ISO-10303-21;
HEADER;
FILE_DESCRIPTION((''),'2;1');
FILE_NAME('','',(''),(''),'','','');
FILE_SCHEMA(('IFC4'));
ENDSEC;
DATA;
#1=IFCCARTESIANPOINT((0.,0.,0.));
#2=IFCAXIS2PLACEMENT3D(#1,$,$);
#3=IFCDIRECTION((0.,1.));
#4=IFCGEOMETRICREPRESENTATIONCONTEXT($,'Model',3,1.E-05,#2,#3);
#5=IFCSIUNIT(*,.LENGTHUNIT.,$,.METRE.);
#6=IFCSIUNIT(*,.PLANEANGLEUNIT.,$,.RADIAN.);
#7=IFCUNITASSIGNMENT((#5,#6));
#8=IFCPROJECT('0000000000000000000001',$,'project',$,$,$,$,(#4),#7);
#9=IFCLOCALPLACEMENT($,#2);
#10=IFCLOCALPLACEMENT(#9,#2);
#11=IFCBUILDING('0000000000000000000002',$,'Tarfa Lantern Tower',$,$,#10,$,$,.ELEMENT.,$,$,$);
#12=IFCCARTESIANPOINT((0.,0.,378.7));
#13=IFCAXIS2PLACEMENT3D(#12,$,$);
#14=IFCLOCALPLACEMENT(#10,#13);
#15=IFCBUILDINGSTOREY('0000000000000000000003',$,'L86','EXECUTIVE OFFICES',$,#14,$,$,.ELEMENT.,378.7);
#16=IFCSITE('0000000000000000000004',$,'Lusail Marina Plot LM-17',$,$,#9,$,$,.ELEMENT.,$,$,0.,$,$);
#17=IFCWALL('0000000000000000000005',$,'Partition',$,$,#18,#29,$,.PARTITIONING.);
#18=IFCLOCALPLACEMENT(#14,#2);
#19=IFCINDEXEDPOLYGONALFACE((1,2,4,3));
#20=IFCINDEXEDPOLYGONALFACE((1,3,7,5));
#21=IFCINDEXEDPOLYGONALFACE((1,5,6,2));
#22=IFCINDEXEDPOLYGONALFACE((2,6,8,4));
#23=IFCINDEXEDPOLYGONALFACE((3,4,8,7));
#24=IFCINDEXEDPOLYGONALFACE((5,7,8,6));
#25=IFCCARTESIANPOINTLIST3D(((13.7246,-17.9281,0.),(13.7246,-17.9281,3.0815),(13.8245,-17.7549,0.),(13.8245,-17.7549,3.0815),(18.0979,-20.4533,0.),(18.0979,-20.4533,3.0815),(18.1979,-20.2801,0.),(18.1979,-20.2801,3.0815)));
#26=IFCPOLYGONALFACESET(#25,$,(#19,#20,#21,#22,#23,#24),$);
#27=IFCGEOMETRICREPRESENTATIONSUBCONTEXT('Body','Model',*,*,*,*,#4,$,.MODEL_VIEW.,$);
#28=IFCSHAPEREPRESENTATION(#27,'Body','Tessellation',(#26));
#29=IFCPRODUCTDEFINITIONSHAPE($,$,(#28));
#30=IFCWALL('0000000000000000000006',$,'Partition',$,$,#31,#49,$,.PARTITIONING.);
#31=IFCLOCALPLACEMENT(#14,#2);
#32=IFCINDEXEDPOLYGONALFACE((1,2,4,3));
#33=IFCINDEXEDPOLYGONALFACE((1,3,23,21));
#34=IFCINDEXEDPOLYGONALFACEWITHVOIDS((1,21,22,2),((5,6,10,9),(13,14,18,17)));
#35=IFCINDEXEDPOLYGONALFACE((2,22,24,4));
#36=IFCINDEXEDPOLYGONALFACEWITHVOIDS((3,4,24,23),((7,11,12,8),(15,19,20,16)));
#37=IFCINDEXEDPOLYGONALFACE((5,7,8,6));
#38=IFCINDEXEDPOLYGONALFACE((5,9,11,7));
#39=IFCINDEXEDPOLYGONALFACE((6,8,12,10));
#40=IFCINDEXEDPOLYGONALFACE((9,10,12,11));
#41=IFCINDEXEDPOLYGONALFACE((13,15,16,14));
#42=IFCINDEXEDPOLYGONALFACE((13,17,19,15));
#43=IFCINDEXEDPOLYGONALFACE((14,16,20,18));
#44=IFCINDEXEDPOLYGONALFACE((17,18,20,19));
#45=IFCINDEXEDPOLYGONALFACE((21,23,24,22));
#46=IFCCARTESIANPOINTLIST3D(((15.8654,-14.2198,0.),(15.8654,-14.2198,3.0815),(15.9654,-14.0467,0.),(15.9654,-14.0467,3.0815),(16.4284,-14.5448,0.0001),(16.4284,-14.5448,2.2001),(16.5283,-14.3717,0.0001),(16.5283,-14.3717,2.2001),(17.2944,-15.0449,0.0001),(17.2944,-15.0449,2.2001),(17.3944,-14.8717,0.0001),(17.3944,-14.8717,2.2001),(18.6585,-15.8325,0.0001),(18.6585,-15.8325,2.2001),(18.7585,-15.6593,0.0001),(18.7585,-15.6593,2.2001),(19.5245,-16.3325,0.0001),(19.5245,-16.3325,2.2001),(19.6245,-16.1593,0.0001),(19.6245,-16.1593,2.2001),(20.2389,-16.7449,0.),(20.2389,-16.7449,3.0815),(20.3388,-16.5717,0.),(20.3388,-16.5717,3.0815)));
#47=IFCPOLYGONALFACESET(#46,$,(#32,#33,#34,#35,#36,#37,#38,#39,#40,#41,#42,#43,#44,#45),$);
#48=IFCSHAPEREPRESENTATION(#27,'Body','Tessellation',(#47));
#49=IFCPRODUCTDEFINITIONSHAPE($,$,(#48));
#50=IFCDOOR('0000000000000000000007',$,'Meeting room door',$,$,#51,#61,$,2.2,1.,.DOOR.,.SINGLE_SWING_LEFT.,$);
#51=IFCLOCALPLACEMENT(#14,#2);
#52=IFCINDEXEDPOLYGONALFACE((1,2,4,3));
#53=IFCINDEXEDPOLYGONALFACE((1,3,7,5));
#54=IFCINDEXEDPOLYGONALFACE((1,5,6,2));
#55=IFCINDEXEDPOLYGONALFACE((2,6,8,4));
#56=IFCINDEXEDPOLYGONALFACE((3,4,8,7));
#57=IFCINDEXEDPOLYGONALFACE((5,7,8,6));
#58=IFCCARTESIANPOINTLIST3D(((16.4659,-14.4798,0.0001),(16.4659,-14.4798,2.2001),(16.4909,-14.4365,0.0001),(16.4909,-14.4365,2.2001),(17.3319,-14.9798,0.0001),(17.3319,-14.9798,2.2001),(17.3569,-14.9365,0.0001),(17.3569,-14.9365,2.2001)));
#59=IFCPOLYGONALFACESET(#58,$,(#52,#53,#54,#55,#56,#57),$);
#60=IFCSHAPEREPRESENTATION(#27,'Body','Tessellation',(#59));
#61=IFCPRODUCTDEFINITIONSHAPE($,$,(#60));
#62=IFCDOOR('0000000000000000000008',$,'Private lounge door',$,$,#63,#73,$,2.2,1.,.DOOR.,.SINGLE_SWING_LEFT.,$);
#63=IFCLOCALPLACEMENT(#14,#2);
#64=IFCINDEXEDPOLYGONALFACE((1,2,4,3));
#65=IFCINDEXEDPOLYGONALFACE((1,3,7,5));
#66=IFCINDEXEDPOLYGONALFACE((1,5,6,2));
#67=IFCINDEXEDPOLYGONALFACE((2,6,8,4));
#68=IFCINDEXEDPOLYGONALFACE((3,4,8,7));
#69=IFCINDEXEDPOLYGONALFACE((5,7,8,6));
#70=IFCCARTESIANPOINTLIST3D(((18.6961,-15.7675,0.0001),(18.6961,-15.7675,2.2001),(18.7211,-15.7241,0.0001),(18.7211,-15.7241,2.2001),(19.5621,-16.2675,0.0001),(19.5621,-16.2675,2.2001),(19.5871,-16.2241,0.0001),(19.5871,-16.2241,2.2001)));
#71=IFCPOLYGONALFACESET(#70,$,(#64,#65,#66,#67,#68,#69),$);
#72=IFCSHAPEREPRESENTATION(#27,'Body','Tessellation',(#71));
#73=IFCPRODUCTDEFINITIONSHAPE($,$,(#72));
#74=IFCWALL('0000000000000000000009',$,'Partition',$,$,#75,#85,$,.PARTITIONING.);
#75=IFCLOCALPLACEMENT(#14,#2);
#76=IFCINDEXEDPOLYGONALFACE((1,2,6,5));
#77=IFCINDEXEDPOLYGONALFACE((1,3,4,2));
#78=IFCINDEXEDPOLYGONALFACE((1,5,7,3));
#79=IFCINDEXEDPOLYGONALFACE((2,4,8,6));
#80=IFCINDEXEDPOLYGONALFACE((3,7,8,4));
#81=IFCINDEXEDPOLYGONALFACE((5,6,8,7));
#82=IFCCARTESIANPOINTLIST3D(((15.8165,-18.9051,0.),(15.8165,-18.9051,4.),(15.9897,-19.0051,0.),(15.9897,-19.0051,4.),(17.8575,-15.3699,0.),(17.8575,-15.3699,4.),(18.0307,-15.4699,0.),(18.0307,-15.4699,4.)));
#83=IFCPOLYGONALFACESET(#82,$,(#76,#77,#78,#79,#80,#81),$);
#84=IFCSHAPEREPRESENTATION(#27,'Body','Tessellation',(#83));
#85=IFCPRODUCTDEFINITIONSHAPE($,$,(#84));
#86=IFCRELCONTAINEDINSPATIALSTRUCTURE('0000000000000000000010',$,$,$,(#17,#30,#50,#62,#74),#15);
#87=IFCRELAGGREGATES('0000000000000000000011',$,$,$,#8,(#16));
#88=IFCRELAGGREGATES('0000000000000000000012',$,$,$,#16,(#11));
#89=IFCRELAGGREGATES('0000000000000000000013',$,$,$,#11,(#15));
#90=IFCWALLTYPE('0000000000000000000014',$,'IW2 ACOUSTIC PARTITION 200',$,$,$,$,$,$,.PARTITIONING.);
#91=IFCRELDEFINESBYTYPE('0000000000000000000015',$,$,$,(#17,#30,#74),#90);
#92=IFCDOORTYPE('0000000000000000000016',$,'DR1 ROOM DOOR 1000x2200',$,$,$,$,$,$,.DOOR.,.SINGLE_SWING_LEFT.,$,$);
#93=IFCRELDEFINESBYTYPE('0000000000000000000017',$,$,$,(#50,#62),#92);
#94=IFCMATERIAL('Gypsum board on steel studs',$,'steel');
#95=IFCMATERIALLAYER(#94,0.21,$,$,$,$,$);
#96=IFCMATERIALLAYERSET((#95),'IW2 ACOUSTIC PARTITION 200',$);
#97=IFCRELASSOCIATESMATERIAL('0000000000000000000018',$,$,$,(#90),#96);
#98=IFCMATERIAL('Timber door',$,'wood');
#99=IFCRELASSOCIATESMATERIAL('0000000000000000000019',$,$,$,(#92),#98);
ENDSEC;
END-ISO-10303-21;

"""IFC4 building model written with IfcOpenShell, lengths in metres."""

from ifc_helpers import new_model, si_unit, direction, frame, frame_2d, origin, place, context, subcontext, project, spatial, rectangle, extrude, material, layer, layer_set, type_object, element, fill, save


model = new_model("IFC4")

# Units and contexts
model_context = context("Model", 3, precision=1e-05, world=origin(), true_north=direction((0.0, 1.0)))
body_context = subcontext(model_context, "Body", "Model", "MODEL_VIEW")
ifc_project = project(units=[si_unit("LENGTHUNIT", "METRE"), si_unit("PLANEANGLEUNIT", "RADIAN")], contexts=[model_context])

# Site, building, storey
site_placement = place(None, origin())
site = spatial("IfcSite", under=ifc_project, at=site_placement, Name="Lusail Marina Plot LM-17", CompositionType="ELEMENT", RefElevation=0.0)
building_placement = place(site_placement, origin())
building = spatial("IfcBuilding", under=site, at=building_placement, Name="Tarfa Lantern Tower", CompositionType="ELEMENT")
storey_placement = place(building_placement, frame((0.0, 0.0, 378.7)))
storey = spatial("IfcBuildingStorey", under=building, at=storey_placement, Name="L86", Description="EXECUTIVE OFFICES", CompositionType="ELEMENT", Elevation=378.7)

# Shared definitions
ifc_material_1 = material(Name="Gypsum board on steel studs", Category="steel")
ifc_layer_1 = layer(ifc_material_1, 0.21)
ifc_layer_set_1 = layer_set([ifc_layer_1], Name="IW2 ACOUSTIC PARTITION 200")
wall_type_1 = type_object("IfcWallType", Name="IW2 ACOUSTIC PARTITION 200", PredefinedType="PARTITIONING", material=ifc_layer_set_1)
ifc_material_2 = material(Name="Timber door", Category="wood")
door_type_1 = type_object("IfcDoorType", Name="DR1 ROOM DOOR 1000x2200", OperationType="SINGLE_SWING_LEFT", PredefinedType="DOOR", material=ifc_material_2)

# Wall
wall_1_placement = place(storey_placement, frame((13.7747, -17.8416, 0.0), z_axis=(0.0, 0.0, 1.0), x_axis=(0.866006, -0.500034, 0.0)))
element("IfcWall", 1, at=wall_1_placement, inside=storey, type_object=wall_type_1, Name="Partition", PredefinedType="PARTITIONING", context=body_context, shape_type="SweptSolid", body=[
    extrude(rectangle(XDim=5.05, YDim=0.2, at=frame_2d((2.5249, 0.0))), origin(), (0.0, 0.0, 1.0), 3.0815),
])

# Wall, openings, doors
wall_2_placement = place(storey_placement, frame((15.9155, -14.1333, 0.0), z_axis=(0.0, 0.0, 1.0), x_axis=(0.866018, -0.500013, 0.0)))
wall_2 = element("IfcWall", 2, at=wall_2_placement, inside=storey, type_object=wall_type_1, Name="Partition", PredefinedType="PARTITIONING", context=body_context, shape_type="SweptSolid", body=[
    extrude(rectangle(XDim=5.05, YDim=0.2, at=frame_2d((2.5249, 0.0))), origin(), (0.0, 0.0, 1.0), 3.0815),
])
opening_1_placement = place(wall_2_placement, frame((0.6499, 0.0, 0.0)))
opening_1 = element("IfcOpeningElement", 3, at=opening_1_placement, cuts=wall_2, PredefinedType="OPENING", context=body_context, shape_type="SweptSolid", body=[
    extrude(rectangle(XDim=1.0, YDim=2.2, at=frame_2d((0.5, 1.1001))), frame((0.0, 0.1099, 0.0), z_axis=(0.0, -1.0, 0.0), x_axis=(1.0, 0.0, 0.0)), (0.0, 0.0, 1.0), 0.22),
])
opening_2_placement = place(wall_2_placement, frame((3.2251, 0.0, 0.0)))
opening_2 = element("IfcOpeningElement", 4, at=opening_2_placement, cuts=wall_2, PredefinedType="OPENING", context=body_context, shape_type="SweptSolid", body=[
    extrude(rectangle(XDim=1.0, YDim=2.2, at=frame_2d((0.5, 1.1001))), frame((0.0, 0.1099, 0.0), z_axis=(0.0, -1.0, 0.0), x_axis=(1.0, 0.0, 0.0)), (0.0, 0.0, 1.0), 0.22),
])
door_1_placement = place(opening_1_placement, frame((1.0, 0.0, 0.0), z_axis=(0.0, 0.0, 1.0), x_axis=(-1.0, 0.0, 0.0)))
door_1 = element("IfcDoor", 5, at=door_1_placement, inside=storey, type_object=door_type_1, Name="Meeting room door", OperationType="SINGLE_SWING_LEFT", OverallHeight=2.2, OverallWidth=1.0, PredefinedType="DOOR", context=body_context, shape_type="SweptSolid", body=[
    extrude(rectangle(XDim=1.0, YDim=2.2, at=frame_2d((0.5, 1.1001))), frame((0.0, 0.0249, 0.0), z_axis=(0.0, -1.0, 0.0), x_axis=(1.0, 0.0, 0.0)), (0.0, 0.0, 1.0), 0.05),
])
fill(opening_1, door_1)
door_2_placement = place(opening_2_placement, frame((1.0, 0.0, 0.0), z_axis=(0.0, 0.0, 1.0), x_axis=(-1.0, 0.0, 0.0)))
door_2 = element("IfcDoor", 6, at=door_2_placement, inside=storey, type_object=door_type_1, Name="Private lounge door", OperationType="SINGLE_SWING_LEFT", OverallHeight=2.2, OverallWidth=1.0, PredefinedType="DOOR", context=body_context, shape_type="SweptSolid", body=[
    extrude(rectangle(XDim=1.0, YDim=2.2, at=frame_2d((0.5, 1.1001))), frame((0.0, 0.0249, 0.0), z_axis=(0.0, -1.0, 0.0), x_axis=(1.0, 0.0, 0.0)), (0.0, 0.0, 1.0), 0.05),
])
fill(opening_2, door_2)

# Wall
wall_3_placement = place(storey_placement, frame((15.9031, -18.9551, 0.0), z_axis=(0.0, 0.0, 1.0), x_axis=(0.499999, 0.866026, 0.0)))
element("IfcWall", 7, at=wall_3_placement, inside=storey, type_object=wall_type_1, Name="Partition", PredefinedType="PARTITIONING", context=body_context, shape_type="SweptSolid", body=[
    extrude(rectangle(XDim=4.082, YDim=0.2, at=frame_2d((2.041, 0.0))), origin(), (0.0, 0.0, 1.0), 4.0),
])

save(model, "model.ifc")
